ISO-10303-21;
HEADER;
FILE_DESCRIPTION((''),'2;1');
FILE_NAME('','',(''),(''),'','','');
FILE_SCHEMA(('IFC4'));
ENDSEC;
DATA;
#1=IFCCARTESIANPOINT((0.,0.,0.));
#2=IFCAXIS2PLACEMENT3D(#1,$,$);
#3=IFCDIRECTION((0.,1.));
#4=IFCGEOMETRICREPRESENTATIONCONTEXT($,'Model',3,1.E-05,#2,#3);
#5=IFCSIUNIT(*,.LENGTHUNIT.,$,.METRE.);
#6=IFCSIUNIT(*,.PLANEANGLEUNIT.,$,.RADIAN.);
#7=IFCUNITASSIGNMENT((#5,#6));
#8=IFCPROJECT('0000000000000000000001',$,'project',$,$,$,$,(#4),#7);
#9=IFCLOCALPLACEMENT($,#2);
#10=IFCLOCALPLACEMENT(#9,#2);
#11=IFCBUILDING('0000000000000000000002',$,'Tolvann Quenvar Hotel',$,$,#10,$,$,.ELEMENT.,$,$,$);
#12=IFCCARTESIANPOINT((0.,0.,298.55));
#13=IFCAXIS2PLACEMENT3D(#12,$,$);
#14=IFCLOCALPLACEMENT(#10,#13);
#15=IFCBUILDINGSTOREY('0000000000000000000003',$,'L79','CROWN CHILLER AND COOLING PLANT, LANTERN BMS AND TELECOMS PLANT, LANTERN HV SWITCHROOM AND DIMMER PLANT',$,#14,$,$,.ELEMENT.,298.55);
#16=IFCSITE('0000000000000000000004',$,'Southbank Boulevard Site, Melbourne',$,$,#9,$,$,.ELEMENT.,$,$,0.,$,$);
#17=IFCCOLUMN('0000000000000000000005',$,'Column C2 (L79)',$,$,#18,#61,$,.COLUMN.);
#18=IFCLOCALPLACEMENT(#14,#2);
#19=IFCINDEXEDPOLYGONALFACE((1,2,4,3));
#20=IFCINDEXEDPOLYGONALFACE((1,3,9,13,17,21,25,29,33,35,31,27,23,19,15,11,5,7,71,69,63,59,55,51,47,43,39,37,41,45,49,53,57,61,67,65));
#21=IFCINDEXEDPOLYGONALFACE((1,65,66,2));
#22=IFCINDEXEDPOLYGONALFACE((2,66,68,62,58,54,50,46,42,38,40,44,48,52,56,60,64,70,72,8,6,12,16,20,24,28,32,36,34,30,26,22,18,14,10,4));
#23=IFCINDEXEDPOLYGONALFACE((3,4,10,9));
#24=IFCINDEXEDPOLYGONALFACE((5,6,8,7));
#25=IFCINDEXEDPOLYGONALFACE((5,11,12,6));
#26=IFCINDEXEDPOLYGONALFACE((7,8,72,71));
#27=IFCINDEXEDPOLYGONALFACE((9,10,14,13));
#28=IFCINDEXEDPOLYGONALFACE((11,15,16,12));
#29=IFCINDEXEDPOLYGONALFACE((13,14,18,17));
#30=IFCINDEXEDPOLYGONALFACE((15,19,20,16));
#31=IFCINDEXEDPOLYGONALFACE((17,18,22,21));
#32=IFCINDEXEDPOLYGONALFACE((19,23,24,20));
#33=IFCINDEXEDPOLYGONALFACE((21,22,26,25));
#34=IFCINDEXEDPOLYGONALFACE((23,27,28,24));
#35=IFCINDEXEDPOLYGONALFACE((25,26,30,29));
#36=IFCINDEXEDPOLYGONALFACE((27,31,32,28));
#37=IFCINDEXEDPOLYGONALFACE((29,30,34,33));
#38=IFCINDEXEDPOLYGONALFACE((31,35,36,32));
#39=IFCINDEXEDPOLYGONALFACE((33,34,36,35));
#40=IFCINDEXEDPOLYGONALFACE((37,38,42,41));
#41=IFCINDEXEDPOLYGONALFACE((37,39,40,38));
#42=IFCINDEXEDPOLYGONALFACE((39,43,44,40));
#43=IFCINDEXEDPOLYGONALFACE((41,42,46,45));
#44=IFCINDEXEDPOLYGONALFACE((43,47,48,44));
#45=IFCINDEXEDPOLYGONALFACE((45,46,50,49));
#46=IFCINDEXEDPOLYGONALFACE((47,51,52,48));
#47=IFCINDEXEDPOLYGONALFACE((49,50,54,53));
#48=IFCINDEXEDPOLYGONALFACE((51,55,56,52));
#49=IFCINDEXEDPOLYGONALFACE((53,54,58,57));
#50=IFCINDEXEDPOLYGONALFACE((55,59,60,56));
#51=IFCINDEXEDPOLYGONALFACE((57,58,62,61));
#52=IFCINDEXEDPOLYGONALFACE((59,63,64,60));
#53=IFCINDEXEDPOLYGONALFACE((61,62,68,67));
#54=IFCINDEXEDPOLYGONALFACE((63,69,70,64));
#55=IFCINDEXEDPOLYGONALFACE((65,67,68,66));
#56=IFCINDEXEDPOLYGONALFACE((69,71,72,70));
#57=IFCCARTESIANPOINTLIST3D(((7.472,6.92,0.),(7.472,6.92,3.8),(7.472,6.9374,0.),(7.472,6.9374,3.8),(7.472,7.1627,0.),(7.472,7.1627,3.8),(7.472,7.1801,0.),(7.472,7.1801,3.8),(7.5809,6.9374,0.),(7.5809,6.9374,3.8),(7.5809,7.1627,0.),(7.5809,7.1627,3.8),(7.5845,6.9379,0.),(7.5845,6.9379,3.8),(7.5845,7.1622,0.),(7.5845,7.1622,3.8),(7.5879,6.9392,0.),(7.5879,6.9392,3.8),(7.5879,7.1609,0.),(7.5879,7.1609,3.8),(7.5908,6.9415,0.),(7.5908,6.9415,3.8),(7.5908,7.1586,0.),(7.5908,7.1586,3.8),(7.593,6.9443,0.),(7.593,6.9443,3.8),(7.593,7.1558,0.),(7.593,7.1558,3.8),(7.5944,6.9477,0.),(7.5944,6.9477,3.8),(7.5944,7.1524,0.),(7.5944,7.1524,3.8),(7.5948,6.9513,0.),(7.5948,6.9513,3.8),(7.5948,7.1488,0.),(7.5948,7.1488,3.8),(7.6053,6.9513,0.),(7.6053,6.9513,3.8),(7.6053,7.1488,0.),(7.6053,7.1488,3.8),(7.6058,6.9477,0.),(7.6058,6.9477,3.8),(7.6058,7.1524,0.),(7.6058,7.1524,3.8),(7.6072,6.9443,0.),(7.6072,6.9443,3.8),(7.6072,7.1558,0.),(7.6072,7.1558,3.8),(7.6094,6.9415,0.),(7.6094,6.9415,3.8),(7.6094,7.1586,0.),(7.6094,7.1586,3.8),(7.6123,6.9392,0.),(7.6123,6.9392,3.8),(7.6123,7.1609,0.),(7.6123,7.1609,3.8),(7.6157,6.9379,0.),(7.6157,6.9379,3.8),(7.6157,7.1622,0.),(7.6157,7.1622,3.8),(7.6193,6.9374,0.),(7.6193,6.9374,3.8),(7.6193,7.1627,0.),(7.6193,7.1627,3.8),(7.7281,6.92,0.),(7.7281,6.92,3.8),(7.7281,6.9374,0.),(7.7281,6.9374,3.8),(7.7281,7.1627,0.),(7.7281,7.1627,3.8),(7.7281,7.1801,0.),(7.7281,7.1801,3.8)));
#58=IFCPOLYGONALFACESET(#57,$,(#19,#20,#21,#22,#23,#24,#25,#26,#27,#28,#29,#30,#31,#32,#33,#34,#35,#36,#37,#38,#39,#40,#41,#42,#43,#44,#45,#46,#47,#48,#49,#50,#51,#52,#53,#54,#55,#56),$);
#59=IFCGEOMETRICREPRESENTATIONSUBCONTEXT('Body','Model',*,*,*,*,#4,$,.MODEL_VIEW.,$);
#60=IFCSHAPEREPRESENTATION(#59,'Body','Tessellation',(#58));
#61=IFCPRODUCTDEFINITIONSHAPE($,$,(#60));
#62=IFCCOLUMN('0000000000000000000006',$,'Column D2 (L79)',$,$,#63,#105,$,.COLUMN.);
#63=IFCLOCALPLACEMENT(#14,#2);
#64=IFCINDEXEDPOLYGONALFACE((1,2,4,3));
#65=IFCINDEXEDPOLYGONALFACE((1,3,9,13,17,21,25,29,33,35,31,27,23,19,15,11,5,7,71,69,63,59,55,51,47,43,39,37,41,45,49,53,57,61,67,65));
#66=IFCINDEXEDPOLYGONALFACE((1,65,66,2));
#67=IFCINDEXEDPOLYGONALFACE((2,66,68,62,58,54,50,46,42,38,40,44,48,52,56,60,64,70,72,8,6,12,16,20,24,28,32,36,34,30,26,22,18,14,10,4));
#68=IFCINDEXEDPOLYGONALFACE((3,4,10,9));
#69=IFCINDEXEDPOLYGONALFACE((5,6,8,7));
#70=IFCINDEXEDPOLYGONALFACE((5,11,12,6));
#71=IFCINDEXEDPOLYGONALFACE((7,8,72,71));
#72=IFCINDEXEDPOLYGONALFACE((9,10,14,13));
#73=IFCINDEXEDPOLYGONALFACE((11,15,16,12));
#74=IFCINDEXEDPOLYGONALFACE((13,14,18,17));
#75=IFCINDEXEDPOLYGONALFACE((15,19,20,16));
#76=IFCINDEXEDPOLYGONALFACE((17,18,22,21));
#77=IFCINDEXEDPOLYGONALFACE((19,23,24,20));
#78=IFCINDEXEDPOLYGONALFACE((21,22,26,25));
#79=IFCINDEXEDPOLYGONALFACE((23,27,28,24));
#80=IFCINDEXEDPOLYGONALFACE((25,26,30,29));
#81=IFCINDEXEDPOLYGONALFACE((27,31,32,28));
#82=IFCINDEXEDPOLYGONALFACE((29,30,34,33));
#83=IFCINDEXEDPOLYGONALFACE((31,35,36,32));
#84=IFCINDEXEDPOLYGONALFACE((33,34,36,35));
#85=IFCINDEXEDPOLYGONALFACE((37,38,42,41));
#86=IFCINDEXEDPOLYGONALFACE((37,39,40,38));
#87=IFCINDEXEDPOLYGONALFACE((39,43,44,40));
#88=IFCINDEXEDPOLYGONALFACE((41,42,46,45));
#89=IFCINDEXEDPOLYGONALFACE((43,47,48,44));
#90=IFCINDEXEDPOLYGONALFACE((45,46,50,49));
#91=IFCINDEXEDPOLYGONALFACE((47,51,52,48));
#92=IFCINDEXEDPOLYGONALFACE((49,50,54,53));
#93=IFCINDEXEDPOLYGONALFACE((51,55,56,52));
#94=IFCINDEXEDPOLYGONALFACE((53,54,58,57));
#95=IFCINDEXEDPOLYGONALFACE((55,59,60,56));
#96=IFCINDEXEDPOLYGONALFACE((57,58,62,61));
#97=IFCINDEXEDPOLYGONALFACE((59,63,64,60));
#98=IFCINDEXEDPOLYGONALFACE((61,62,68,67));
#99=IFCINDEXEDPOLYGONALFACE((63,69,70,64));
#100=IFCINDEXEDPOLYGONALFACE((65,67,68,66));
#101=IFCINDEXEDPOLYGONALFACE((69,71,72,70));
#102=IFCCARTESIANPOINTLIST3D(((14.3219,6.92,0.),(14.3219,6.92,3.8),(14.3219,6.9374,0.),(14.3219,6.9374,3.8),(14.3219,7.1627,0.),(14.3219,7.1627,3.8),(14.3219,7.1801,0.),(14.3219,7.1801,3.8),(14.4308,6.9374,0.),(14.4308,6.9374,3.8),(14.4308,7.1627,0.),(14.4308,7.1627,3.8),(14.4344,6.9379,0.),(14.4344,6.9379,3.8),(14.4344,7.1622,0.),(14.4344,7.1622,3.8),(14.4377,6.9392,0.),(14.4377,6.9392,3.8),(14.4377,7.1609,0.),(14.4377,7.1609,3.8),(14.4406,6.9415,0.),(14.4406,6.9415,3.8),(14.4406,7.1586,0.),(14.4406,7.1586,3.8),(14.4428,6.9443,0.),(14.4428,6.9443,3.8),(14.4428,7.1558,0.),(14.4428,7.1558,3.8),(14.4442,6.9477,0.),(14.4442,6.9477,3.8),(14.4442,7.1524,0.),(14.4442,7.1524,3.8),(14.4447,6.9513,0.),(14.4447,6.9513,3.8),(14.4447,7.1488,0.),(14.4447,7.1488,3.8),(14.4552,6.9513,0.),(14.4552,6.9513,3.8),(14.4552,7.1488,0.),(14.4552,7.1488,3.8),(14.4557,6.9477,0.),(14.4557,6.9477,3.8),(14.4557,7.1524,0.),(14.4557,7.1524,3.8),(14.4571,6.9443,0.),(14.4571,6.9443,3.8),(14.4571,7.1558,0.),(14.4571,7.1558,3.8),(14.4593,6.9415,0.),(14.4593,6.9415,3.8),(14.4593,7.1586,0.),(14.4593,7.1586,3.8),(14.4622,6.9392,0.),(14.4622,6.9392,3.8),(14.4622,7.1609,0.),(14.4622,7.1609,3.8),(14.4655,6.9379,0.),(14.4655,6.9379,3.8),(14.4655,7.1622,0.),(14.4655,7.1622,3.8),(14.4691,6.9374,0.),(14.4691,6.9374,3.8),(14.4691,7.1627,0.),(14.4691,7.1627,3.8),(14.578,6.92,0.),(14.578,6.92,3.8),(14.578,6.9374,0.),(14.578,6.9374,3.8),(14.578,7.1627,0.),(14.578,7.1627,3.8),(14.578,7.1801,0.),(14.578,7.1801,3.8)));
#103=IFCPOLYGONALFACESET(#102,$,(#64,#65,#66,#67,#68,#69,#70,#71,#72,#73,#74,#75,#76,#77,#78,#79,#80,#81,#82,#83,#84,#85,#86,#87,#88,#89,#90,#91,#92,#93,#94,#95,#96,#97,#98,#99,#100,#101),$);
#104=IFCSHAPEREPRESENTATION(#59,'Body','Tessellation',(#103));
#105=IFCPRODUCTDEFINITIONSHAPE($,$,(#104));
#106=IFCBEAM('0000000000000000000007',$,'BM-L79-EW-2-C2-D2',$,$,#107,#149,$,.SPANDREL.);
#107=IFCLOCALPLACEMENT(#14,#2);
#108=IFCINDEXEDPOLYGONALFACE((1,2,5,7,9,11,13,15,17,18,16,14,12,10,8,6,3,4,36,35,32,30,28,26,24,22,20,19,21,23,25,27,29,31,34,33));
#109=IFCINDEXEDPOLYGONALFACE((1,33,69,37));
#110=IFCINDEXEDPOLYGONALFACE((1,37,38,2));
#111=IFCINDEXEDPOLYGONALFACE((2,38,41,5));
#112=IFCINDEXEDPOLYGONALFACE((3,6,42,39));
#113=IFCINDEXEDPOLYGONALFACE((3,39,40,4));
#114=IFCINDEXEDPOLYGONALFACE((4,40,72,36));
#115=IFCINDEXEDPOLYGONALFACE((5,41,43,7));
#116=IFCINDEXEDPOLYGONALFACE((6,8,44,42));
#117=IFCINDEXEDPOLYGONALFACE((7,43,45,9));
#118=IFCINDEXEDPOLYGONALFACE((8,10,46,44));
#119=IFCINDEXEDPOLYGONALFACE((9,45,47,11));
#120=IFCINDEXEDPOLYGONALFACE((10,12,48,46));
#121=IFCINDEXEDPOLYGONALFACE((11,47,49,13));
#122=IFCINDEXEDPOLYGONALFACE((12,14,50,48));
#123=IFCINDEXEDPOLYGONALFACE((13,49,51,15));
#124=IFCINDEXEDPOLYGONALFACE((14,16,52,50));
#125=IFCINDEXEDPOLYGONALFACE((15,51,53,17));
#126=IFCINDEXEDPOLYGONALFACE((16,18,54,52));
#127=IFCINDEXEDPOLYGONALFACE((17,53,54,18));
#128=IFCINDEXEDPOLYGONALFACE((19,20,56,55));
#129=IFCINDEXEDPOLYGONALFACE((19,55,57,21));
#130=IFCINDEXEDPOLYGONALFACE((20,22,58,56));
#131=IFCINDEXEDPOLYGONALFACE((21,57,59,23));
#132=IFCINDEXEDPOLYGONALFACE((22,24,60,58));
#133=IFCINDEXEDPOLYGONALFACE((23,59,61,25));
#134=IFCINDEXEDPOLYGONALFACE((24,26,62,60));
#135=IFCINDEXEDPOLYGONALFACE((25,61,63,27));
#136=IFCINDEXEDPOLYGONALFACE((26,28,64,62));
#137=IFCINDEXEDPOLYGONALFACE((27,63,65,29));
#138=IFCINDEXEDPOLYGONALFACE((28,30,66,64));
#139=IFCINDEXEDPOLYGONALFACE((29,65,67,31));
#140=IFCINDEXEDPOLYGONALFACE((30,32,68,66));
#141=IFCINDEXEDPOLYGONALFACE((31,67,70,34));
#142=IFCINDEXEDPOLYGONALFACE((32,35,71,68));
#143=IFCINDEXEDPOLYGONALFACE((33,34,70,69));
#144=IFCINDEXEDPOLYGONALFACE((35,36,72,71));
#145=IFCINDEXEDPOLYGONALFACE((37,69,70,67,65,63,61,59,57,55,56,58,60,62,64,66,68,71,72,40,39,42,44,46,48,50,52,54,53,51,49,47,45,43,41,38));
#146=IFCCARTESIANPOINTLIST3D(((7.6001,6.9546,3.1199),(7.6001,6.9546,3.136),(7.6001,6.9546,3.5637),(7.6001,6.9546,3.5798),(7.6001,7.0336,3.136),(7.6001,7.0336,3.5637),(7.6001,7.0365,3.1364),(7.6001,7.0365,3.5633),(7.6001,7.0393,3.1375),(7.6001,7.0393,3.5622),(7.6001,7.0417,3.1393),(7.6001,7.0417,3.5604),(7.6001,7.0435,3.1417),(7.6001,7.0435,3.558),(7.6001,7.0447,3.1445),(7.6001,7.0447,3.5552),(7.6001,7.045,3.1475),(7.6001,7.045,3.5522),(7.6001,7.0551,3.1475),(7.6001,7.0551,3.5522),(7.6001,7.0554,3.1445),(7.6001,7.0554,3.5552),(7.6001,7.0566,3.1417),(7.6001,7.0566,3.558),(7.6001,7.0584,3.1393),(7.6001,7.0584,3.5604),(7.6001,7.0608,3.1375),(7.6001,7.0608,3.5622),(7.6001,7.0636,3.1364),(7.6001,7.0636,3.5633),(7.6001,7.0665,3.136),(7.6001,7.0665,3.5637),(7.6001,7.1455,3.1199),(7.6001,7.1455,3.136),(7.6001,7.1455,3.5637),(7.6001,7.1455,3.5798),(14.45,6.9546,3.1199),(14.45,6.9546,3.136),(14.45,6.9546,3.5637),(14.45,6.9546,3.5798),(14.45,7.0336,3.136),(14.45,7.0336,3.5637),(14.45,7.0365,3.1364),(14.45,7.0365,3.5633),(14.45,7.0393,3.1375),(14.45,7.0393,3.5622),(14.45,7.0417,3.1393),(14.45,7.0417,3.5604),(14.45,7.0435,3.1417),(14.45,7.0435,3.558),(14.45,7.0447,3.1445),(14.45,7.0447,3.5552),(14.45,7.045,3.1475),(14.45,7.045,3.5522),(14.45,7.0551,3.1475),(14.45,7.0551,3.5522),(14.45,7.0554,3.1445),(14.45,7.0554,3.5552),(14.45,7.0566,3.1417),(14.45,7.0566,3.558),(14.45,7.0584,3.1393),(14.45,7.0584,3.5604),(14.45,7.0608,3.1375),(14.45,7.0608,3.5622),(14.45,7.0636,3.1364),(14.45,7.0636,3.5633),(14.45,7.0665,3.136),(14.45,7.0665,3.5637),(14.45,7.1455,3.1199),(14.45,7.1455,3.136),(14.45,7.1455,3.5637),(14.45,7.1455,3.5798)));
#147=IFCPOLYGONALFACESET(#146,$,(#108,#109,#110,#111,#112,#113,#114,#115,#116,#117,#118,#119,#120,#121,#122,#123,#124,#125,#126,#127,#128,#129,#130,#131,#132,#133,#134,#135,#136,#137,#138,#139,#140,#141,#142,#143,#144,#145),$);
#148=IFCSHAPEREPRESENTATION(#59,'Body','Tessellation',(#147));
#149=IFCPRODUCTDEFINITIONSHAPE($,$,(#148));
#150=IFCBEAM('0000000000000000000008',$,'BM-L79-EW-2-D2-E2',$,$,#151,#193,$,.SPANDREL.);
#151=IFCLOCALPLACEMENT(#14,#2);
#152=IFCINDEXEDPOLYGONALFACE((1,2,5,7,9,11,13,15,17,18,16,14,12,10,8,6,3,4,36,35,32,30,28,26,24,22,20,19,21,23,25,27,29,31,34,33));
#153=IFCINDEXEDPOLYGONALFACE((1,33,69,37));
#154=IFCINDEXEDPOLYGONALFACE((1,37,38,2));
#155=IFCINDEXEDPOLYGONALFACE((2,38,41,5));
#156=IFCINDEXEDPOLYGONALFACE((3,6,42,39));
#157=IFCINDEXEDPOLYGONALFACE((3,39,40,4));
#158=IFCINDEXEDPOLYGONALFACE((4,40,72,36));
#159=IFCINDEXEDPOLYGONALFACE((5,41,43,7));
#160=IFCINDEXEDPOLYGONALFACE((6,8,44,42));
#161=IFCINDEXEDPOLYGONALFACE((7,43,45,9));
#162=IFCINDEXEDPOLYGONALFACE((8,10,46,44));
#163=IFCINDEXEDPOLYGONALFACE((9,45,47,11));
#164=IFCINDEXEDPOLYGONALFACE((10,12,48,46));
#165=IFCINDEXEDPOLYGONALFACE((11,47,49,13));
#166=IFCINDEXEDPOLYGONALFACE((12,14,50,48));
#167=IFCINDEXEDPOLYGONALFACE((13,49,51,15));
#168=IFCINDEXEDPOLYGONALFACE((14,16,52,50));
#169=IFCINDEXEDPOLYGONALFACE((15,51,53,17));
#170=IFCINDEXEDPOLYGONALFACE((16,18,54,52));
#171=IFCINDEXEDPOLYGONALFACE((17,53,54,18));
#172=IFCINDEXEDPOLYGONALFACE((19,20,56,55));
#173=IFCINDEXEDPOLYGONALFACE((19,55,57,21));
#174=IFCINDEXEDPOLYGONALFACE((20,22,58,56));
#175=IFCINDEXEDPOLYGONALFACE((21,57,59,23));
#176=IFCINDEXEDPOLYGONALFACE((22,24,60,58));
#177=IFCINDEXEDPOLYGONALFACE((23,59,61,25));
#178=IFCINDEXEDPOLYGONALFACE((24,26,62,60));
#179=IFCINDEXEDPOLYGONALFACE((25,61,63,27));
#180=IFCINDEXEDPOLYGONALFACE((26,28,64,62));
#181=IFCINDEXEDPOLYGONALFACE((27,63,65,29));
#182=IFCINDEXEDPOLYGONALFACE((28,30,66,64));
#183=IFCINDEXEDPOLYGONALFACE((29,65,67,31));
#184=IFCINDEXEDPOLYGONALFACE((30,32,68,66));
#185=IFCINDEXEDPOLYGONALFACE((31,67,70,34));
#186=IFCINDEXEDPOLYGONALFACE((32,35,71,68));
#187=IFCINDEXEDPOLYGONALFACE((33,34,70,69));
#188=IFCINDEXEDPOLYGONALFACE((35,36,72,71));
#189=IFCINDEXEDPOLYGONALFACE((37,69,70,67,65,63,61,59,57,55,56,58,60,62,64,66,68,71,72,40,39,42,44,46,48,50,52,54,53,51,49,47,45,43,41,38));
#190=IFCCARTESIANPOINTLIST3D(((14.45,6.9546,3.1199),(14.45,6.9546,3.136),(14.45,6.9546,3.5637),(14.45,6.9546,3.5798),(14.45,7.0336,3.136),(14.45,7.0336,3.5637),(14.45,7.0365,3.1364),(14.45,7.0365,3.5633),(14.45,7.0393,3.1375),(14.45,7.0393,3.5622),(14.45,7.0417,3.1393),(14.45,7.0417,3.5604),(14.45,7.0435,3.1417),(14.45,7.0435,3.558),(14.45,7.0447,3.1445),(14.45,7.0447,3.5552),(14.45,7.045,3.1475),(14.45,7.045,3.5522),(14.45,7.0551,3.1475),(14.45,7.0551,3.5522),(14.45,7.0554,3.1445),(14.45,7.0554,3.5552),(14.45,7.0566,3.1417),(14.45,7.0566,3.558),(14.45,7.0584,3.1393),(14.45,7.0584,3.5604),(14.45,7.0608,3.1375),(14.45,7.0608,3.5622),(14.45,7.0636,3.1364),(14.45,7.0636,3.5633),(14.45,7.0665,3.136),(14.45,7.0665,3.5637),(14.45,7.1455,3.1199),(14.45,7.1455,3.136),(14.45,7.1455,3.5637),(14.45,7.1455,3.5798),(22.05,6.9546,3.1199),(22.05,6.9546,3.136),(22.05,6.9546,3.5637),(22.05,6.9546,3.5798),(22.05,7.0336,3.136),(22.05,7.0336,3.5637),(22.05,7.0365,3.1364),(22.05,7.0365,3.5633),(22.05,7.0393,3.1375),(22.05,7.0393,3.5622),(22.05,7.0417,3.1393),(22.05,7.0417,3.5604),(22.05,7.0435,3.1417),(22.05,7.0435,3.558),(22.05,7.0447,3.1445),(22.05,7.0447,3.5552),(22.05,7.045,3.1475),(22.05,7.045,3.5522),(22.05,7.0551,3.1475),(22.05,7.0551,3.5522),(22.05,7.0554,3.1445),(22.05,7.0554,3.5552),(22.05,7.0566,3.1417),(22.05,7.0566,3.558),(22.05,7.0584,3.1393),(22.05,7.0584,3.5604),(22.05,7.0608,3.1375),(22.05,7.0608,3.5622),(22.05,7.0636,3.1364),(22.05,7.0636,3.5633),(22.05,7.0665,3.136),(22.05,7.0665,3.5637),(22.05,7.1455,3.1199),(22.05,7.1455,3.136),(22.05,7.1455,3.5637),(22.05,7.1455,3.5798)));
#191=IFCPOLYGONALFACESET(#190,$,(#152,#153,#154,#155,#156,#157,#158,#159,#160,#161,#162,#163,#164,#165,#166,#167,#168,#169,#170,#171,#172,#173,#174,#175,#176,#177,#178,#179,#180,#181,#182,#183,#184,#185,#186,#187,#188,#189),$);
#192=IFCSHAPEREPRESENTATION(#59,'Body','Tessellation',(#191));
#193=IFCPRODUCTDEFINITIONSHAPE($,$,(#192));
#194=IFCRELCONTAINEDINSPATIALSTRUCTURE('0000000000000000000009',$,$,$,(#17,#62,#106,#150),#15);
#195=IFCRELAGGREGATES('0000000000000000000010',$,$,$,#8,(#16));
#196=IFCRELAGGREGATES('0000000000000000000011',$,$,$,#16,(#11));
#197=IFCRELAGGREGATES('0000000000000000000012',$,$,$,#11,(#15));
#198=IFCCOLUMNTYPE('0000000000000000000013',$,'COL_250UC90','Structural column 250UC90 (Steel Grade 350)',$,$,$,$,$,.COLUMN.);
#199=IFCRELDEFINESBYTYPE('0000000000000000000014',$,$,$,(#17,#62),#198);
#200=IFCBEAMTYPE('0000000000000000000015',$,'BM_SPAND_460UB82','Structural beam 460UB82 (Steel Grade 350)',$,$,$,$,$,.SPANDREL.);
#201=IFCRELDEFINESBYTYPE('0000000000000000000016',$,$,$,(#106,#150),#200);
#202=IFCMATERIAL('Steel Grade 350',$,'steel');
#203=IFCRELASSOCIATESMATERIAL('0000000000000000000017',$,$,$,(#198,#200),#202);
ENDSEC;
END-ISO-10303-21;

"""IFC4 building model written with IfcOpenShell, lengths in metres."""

from ifc_helpers import new_model, si_unit, direction, frame, origin, origin_2d, place, context, subcontext, project, spatial, i_section, extrude, source, transform, mapped, material, material_profile, profile_set, type_object, type_shapes, element, save


model = new_model("IFC4")

# Units and contexts
model_context = context("Model", 3, precision=1e-05, world=origin(), true_north=direction((0.0, 1.0)))
body_context = subcontext(model_context, "Body", "Model", "MODEL_VIEW")
ifc_project = project(units=[si_unit("LENGTHUNIT", "METRE"), si_unit("PLANEANGLEUNIT", "RADIAN")], contexts=[model_context])

# Site, building, storey
site_placement = place(None, origin())
site = spatial("IfcSite", under=ifc_project, at=site_placement, Name="Southbank Boulevard Site, Melbourne", CompositionType="ELEMENT", RefElevation=0.0)
building_placement = place(site_placement, origin())
building = spatial("IfcBuilding", under=site, at=building_placement, Name="Tolvann Quenvar Hotel", CompositionType="ELEMENT")
storey_placement = place(building_placement, frame((0.0, 0.0, 298.55)))
storey = spatial("IfcBuildingStorey", under=building, at=storey_placement, Name="L79", Description="CROWN CHILLER AND COOLING PLANT, LANTERN BMS AND TELECOMS PLANT, LANTERN HV SWITCHROOM AND DIMMER PLANT", CompositionType="ELEMENT", Elevation=298.55)

# Columns
ifc_material_1 = material(Name="Steel Grade 350", Category="steel")
ifc_material_profile_1 = material_profile(ifc_material_1, i_section(OverallWidth=0.2561, OverallDepth=0.26, WebThickness=0.0105, FlangeThickness=0.0173, FilletRadius=0.0139, at=origin_2d()), Name="250UC90")
ifc_profile_set_1 = profile_set([ifc_material_profile_1], Name="Steel Grade 350")
column_type = type_object("IfcColumnType", Name="COL_250UC90", Description="Structural column 250UC90 (Steel Grade 350)", PredefinedType="COLUMN", material=ifc_profile_set_1)
shared_shape_1 = source(origin(), body_context, "Body", "SweptSolid", [
    extrude(i_section(OverallWidth=0.2561, OverallDepth=0.26, WebThickness=0.0105, FlangeThickness=0.0173, FilletRadius=0.0139, at=origin_2d()), origin(), (0.0, 0.0, 1.0), 3.8),
])
type_shapes(column_type, [shared_shape_1])
for number, where, z_axis, x_axis, name in (
    (1, (7.6001, 7.05, 0.0), (0.0, 0.0, 1.0), (1.0, 0.0, 0.0), "Column C2 (L79)"),
    (2, (14.45, 7.05, 0.0), (0.0, 0.0, 1.0), (1.0, 0.0, 0.0), "Column D2 (L79)"),
):
    element("IfcColumn", number, at=place(storey_placement, frame(where, z_axis=z_axis, x_axis=x_axis)), inside=storey, type_object=column_type, Name=name, PredefinedType="COLUMN", context=body_context, shape_type="MappedRepresentation", body=[
        mapped(shared_shape_1, transform((0.0, 0.0, 0.0), x_axis=(1.0, 0.0, 0.0), y_axis=(0.0, 1.0, 0.0), z_axis=(0.0, 0.0, 1.0), scale=1.0)),
    ])

# Beams
ifc_material_profile_2 = material_profile(ifc_material_1, i_section(OverallWidth=0.1909, OverallDepth=0.46, WebThickness=0.01, FlangeThickness=0.0161, FilletRadius=0.0115, at=origin_2d()), Name="460UB82")
ifc_profile_set_2 = profile_set([ifc_material_profile_2], Name="Steel Grade 350")
beam_type_1 = type_object("IfcBeamType", Name="BM_SPAND_460UB82", Description="Structural beam 460UB82 (Steel Grade 350)", PredefinedType="SPANDREL", material=ifc_profile_set_2)
shared_shape_2 = source(origin(), body_context, "Body", "SweptSolid", [
    extrude(i_section(OverallWidth=0.1909, OverallDepth=0.46, WebThickness=0.01, FlangeThickness=0.0161, FilletRadius=0.0115, at=origin_2d()), origin(), (0.0, 0.0, 1.0), 6.8499),
])
beam_1_placement = place(storey_placement, frame((7.6001, 7.05, 3.3499), z_axis=(1.0, 0.0, 0.0), x_axis=(0.0, 1.0, 0.0)))
element("IfcBeam", 3, at=beam_1_placement, inside=storey, type_object=beam_type_1, Name="BM-L79-EW-2-C2-D2", PredefinedType="SPANDREL", context=body_context, shape_type="MappedRepresentation", body=[
    mapped(shared_shape_2, transform((0.0, 0.0, 0.0), x_axis=(1.0, 0.0, 0.0), y_axis=(0.0, 1.0, 0.0), z_axis=(0.0, 0.0, 1.0), scale=1.0)),
])
shared_shape_3 = source(origin(), body_context, "Body", "SweptSolid", [
    extrude(i_section(OverallWidth=0.1909, OverallDepth=0.46, WebThickness=0.01, FlangeThickness=0.0161, FilletRadius=0.0115, at=origin_2d()), origin(), (0.0, 0.0, 1.0), 7.6001),
])
type_shapes(beam_type_1, [shared_shape_2, shared_shape_3])
beam_2_placement = place(storey_placement, frame((14.45, 7.05, 3.3499), z_axis=(1.0, 0.0, 0.0), x_axis=(0.0, 1.0, 0.0)))
element("IfcBeam", 4, at=beam_2_placement, inside=storey, type_object=beam_type_1, Name="BM-L79-EW-2-D2-E2", PredefinedType="SPANDREL", context=body_context, shape_type="MappedRepresentation", body=[
    mapped(shared_shape_3, transform((0.0, 0.0, 0.0), x_axis=(1.0, 0.0, 0.0), y_axis=(0.0, 1.0, 0.0), z_axis=(0.0, 0.0, 1.0), scale=1.0)),
])

save(model, "model.ifc")
